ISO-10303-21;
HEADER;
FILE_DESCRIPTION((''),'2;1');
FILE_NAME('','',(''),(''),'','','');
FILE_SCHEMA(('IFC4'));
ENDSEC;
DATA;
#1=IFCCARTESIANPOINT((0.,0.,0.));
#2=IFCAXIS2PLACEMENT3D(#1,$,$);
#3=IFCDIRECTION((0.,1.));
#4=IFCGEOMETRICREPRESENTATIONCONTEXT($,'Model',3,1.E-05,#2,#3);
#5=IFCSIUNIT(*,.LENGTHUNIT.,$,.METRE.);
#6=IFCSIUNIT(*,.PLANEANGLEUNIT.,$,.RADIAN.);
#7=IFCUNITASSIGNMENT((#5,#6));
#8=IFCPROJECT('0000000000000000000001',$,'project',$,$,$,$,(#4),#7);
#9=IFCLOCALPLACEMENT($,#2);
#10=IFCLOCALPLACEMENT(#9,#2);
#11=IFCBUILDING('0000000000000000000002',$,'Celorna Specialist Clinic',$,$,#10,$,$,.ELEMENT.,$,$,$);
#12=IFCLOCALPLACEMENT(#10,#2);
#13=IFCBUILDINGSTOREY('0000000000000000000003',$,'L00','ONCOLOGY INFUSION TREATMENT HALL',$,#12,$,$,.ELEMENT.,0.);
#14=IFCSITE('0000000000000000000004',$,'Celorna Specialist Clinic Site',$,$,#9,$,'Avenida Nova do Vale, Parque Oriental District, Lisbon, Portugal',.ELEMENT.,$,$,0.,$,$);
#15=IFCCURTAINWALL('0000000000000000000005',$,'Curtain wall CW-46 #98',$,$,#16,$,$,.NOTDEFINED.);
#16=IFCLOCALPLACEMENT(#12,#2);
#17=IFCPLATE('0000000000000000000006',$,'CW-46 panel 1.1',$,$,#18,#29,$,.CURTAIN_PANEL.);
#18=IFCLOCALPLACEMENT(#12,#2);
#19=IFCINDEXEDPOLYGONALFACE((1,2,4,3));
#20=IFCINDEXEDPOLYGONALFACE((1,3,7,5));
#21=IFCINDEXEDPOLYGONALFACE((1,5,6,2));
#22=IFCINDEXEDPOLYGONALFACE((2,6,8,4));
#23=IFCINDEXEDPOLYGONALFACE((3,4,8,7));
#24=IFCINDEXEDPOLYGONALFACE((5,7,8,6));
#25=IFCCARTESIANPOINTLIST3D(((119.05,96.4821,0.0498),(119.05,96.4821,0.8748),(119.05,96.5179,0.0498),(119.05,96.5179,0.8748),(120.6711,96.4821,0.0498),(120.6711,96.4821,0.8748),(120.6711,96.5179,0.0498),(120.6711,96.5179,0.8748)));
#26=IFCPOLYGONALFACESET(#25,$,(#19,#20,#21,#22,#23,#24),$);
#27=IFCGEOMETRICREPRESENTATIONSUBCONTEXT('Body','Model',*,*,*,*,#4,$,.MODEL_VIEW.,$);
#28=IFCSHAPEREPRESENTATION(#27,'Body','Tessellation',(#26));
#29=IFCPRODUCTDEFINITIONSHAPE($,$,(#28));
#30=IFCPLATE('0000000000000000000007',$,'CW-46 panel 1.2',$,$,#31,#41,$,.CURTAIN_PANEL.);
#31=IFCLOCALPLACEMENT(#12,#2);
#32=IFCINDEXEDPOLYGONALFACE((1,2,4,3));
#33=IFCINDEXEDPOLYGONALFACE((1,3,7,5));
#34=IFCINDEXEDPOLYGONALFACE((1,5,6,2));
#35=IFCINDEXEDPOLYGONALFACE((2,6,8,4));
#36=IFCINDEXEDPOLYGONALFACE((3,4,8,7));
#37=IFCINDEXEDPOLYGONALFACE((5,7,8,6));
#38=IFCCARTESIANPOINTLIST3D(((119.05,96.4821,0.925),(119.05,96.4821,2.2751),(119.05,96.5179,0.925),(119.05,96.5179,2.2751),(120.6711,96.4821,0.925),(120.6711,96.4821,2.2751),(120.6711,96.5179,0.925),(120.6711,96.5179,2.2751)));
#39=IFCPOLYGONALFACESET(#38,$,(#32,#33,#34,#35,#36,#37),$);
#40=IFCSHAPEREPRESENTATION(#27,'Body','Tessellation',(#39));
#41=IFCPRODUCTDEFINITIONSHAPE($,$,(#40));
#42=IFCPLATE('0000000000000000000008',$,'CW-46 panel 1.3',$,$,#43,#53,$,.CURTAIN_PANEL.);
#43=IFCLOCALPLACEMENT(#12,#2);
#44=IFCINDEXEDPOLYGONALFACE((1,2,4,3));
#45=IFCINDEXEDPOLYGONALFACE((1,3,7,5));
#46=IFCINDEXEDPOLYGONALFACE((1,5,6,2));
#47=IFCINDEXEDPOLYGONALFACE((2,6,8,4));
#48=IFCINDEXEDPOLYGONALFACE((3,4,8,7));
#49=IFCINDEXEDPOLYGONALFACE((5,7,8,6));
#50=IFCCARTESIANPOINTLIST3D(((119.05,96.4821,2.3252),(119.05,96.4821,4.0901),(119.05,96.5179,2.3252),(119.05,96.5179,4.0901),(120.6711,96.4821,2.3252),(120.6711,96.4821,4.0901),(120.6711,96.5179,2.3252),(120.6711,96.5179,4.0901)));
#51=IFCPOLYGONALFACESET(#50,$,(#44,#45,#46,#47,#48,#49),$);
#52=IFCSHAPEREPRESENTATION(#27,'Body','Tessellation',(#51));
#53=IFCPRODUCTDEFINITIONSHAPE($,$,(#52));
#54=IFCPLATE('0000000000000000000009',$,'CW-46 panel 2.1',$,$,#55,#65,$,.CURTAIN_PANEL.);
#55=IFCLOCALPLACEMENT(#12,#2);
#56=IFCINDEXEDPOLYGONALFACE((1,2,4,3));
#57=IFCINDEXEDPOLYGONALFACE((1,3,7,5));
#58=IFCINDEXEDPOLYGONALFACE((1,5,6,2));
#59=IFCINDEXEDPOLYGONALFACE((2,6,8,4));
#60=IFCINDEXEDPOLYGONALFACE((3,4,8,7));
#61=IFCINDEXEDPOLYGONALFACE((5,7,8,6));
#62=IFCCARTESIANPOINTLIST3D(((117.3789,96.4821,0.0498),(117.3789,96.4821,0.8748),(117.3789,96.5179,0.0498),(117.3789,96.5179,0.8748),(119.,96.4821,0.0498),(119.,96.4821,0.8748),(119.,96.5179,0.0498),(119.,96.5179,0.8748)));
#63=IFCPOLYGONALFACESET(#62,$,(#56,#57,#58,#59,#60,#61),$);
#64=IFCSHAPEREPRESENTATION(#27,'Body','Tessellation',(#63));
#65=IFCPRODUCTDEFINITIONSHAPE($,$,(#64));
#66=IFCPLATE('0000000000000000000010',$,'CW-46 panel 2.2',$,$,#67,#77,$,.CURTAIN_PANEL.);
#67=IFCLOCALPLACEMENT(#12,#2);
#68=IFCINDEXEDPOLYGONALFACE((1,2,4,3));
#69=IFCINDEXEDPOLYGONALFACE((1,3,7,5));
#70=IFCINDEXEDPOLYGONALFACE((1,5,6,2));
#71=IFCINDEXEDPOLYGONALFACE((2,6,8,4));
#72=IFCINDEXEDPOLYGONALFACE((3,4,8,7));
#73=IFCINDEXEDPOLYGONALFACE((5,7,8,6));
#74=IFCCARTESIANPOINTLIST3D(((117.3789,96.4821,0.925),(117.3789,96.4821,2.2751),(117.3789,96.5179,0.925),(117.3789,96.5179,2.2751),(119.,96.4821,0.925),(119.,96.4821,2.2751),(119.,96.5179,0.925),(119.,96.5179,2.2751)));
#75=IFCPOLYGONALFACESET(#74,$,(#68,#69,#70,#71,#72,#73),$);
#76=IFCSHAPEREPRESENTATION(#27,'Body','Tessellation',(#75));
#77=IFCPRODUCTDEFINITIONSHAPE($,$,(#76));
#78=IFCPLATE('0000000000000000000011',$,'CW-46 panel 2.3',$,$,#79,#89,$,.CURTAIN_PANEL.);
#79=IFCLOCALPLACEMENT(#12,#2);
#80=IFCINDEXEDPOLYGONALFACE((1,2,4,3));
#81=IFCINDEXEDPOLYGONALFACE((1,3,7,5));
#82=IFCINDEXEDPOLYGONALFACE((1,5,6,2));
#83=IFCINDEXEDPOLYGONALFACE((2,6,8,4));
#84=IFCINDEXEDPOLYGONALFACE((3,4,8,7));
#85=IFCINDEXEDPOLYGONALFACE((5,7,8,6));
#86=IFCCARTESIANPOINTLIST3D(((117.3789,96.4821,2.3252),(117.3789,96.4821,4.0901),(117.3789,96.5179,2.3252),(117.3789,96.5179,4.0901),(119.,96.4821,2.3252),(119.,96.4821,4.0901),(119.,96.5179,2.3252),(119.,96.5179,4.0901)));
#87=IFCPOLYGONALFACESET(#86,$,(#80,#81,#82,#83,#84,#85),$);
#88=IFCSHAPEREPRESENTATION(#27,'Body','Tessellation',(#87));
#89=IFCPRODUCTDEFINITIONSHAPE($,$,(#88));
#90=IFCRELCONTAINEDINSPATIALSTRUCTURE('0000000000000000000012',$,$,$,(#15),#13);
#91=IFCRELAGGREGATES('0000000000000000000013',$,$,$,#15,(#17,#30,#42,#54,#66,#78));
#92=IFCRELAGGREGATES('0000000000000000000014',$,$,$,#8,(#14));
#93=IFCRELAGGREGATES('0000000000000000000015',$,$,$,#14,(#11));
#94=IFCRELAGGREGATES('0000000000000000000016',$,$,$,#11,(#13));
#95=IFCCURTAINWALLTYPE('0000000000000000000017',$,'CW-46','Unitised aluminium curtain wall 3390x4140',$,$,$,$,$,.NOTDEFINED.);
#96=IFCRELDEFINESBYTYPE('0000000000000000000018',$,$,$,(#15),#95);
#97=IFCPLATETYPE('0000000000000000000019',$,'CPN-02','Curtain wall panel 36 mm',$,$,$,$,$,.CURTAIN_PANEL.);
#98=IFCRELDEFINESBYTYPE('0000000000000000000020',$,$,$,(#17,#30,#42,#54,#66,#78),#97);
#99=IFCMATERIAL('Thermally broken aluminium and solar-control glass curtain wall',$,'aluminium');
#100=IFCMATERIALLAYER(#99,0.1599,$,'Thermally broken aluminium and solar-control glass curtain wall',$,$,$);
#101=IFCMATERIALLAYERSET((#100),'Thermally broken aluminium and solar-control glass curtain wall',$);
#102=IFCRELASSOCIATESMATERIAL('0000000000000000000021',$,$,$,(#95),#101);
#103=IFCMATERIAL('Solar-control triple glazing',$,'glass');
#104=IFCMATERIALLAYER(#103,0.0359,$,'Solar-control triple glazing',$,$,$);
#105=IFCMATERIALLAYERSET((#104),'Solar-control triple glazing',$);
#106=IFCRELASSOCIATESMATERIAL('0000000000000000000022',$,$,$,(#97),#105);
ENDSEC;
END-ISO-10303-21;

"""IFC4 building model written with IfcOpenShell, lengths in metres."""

from ifc_helpers import new_model, si_unit, direction, frame, origin, origin_2d, place, context, subcontext, project, spatial, rectangle, extrude, material, layer, layer_set, type_object, element, aggregate, save


model = new_model("IFC4")

# Units and contexts
model_context = context("Model", 3, precision=1e-05, world=origin(), true_north=direction((0.0, 1.0)))
body_context = subcontext(model_context, "Body", "Model", "MODEL_VIEW")
ifc_project = project(units=[si_unit("LENGTHUNIT", "METRE"), si_unit("PLANEANGLEUNIT", "RADIAN")], contexts=[model_context])

# Site, building, storey
site_placement = place(None, origin())
site = spatial("IfcSite", under=ifc_project, at=site_placement, Name="Celorna Specialist Clinic Site", LongName="Avenida Nova do Vale, Parque Oriental District, Lisbon, Portugal", CompositionType="ELEMENT", RefElevation=0.0)
building_placement = place(site_placement, origin())
building = spatial("IfcBuilding", under=site, at=building_placement, Name="Celorna Specialist Clinic", CompositionType="ELEMENT")
storey_placement = place(building_placement, origin())
storey = spatial("IfcBuildingStorey", under=building, at=storey_placement, Name="L00", Description="ONCOLOGY INFUSION TREATMENT HALL", CompositionType="ELEMENT", Elevation=0.0)

# Curtain wall
ifc_material_1 = material(Name="Thermally broken aluminium and solar-control glass curtain wall", Category="aluminium")
ifc_layer_1 = layer(ifc_material_1, 0.1599, Name="Thermally broken aluminium and solar-control glass curtain wall")
ifc_layer_set_1 = layer_set([ifc_layer_1], Name="Thermally broken aluminium and solar-control glass curtain wall")
curtain_wall_type_1 = type_object("IfcCurtainWallType", Name="CW-46", Description="Unitised aluminium curtain wall 3390x4140", PredefinedType="NOTDEFINED", material=ifc_layer_set_1)
curtain_wall_1_placement = place(storey_placement, origin())
curtain_wall_1 = element("IfcCurtainWall", 1, at=curtain_wall_1_placement, inside=storey, type_object=curtain_wall_type_1, Name="Curtain wall CW-46 #98", PredefinedType="NOTDEFINED")

# Plates
ifc_material_2 = material(Name="Solar-control triple glazing", Category="glass")
ifc_layer_2 = layer(ifc_material_2, 0.0359, Name="Solar-control triple glazing")
ifc_layer_set_2 = layer_set([ifc_layer_2], Name="Solar-control triple glazing")
plate_type_1 = type_object("IfcPlateType", Name="CPN-02", Description="Curtain wall panel 36 mm", PredefinedType="CURTAIN_PANEL", material=ifc_layer_set_2)
plate_1_placement = place(storey_placement, frame((119.8606, 96.5, 0.0498), z_axis=(0.0, 0.0, 1.0), x_axis=(-1.0, 0.0, 0.0)))
plate_1 = element("IfcPlate", 2, at=plate_1_placement, type_object=plate_type_1, Name="CW-46 panel 1.1", PredefinedType="CURTAIN_PANEL", context=body_context, shape_type="SweptSolid", body=[
    extrude(rectangle(XDim=1.6211, YDim=0.0359, at=origin_2d()), origin(), (0.0, 0.0, 1.0), 0.825),
])
plate_2_placement = place(storey_placement, frame((119.8606, 96.5, 0.925), z_axis=(0.0, 0.0, 1.0), x_axis=(-1.0, 0.0, 0.0)))
plate_2 = element("IfcPlate", 3, at=plate_2_placement, type_object=plate_type_1, Name="CW-46 panel 1.2", PredefinedType="CURTAIN_PANEL", context=body_context, shape_type="SweptSolid", body=[
    extrude(rectangle(XDim=1.6211, YDim=0.0359, at=origin_2d()), origin(), (0.0, 0.0, 1.0), 1.3501),
])
plate_3_placement = place(storey_placement, frame((119.8606, 96.5, 2.3252), z_axis=(0.0, 0.0, 1.0), x_axis=(-1.0, 0.0, 0.0)))
plate_3 = element("IfcPlate", 4, at=plate_3_placement, type_object=plate_type_1, Name="CW-46 panel 1.3", PredefinedType="CURTAIN_PANEL", context=body_context, shape_type="SweptSolid", body=[
    extrude(rectangle(XDim=1.6211, YDim=0.0359, at=origin_2d()), origin(), (0.0, 0.0, 1.0), 1.7649),
])
plate_4_placement = place(storey_placement, frame((118.1895, 96.5, 0.0498), z_axis=(0.0, 0.0, 1.0), x_axis=(-1.0, 0.0, 0.0)))
plate_4 = element("IfcPlate", 5, at=plate_4_placement, type_object=plate_type_1, Name="CW-46 panel 2.1", PredefinedType="CURTAIN_PANEL", context=body_context, shape_type="SweptSolid", body=[
    extrude(rectangle(XDim=1.6211, YDim=0.0359, at=origin_2d()), origin(), (0.0, 0.0, 1.0), 0.825),
])
plate_5_placement = place(storey_placement, frame((118.1895, 96.5, 0.925), z_axis=(0.0, 0.0, 1.0), x_axis=(-1.0, 0.0, 0.0)))
plate_5 = element("IfcPlate", 6, at=plate_5_placement, type_object=plate_type_1, Name="CW-46 panel 2.2", PredefinedType="CURTAIN_PANEL", context=body_context, shape_type="SweptSolid", body=[
    extrude(rectangle(XDim=1.6211, YDim=0.0359, at=origin_2d()), origin(), (0.0, 0.0, 1.0), 1.3501),
])
plate_6_placement = place(storey_placement, frame((118.1895, 96.5, 2.3252), z_axis=(0.0, 0.0, 1.0), x_axis=(-1.0, 0.0, 0.0)))
plate_6 = element("IfcPlate", 7, at=plate_6_placement, type_object=plate_type_1, Name="CW-46 panel 2.3", PredefinedType="CURTAIN_PANEL", context=body_context, shape_type="SweptSolid", body=[
    extrude(rectangle(XDim=1.6211, YDim=0.0359, at=origin_2d()), origin(), (0.0, 0.0, 1.0), 1.7649),
])
aggregate(curtain_wall_1, [plate_1, plate_2, plate_3, plate_4, plate_5, plate_6])

save(model, "model.ifc")
